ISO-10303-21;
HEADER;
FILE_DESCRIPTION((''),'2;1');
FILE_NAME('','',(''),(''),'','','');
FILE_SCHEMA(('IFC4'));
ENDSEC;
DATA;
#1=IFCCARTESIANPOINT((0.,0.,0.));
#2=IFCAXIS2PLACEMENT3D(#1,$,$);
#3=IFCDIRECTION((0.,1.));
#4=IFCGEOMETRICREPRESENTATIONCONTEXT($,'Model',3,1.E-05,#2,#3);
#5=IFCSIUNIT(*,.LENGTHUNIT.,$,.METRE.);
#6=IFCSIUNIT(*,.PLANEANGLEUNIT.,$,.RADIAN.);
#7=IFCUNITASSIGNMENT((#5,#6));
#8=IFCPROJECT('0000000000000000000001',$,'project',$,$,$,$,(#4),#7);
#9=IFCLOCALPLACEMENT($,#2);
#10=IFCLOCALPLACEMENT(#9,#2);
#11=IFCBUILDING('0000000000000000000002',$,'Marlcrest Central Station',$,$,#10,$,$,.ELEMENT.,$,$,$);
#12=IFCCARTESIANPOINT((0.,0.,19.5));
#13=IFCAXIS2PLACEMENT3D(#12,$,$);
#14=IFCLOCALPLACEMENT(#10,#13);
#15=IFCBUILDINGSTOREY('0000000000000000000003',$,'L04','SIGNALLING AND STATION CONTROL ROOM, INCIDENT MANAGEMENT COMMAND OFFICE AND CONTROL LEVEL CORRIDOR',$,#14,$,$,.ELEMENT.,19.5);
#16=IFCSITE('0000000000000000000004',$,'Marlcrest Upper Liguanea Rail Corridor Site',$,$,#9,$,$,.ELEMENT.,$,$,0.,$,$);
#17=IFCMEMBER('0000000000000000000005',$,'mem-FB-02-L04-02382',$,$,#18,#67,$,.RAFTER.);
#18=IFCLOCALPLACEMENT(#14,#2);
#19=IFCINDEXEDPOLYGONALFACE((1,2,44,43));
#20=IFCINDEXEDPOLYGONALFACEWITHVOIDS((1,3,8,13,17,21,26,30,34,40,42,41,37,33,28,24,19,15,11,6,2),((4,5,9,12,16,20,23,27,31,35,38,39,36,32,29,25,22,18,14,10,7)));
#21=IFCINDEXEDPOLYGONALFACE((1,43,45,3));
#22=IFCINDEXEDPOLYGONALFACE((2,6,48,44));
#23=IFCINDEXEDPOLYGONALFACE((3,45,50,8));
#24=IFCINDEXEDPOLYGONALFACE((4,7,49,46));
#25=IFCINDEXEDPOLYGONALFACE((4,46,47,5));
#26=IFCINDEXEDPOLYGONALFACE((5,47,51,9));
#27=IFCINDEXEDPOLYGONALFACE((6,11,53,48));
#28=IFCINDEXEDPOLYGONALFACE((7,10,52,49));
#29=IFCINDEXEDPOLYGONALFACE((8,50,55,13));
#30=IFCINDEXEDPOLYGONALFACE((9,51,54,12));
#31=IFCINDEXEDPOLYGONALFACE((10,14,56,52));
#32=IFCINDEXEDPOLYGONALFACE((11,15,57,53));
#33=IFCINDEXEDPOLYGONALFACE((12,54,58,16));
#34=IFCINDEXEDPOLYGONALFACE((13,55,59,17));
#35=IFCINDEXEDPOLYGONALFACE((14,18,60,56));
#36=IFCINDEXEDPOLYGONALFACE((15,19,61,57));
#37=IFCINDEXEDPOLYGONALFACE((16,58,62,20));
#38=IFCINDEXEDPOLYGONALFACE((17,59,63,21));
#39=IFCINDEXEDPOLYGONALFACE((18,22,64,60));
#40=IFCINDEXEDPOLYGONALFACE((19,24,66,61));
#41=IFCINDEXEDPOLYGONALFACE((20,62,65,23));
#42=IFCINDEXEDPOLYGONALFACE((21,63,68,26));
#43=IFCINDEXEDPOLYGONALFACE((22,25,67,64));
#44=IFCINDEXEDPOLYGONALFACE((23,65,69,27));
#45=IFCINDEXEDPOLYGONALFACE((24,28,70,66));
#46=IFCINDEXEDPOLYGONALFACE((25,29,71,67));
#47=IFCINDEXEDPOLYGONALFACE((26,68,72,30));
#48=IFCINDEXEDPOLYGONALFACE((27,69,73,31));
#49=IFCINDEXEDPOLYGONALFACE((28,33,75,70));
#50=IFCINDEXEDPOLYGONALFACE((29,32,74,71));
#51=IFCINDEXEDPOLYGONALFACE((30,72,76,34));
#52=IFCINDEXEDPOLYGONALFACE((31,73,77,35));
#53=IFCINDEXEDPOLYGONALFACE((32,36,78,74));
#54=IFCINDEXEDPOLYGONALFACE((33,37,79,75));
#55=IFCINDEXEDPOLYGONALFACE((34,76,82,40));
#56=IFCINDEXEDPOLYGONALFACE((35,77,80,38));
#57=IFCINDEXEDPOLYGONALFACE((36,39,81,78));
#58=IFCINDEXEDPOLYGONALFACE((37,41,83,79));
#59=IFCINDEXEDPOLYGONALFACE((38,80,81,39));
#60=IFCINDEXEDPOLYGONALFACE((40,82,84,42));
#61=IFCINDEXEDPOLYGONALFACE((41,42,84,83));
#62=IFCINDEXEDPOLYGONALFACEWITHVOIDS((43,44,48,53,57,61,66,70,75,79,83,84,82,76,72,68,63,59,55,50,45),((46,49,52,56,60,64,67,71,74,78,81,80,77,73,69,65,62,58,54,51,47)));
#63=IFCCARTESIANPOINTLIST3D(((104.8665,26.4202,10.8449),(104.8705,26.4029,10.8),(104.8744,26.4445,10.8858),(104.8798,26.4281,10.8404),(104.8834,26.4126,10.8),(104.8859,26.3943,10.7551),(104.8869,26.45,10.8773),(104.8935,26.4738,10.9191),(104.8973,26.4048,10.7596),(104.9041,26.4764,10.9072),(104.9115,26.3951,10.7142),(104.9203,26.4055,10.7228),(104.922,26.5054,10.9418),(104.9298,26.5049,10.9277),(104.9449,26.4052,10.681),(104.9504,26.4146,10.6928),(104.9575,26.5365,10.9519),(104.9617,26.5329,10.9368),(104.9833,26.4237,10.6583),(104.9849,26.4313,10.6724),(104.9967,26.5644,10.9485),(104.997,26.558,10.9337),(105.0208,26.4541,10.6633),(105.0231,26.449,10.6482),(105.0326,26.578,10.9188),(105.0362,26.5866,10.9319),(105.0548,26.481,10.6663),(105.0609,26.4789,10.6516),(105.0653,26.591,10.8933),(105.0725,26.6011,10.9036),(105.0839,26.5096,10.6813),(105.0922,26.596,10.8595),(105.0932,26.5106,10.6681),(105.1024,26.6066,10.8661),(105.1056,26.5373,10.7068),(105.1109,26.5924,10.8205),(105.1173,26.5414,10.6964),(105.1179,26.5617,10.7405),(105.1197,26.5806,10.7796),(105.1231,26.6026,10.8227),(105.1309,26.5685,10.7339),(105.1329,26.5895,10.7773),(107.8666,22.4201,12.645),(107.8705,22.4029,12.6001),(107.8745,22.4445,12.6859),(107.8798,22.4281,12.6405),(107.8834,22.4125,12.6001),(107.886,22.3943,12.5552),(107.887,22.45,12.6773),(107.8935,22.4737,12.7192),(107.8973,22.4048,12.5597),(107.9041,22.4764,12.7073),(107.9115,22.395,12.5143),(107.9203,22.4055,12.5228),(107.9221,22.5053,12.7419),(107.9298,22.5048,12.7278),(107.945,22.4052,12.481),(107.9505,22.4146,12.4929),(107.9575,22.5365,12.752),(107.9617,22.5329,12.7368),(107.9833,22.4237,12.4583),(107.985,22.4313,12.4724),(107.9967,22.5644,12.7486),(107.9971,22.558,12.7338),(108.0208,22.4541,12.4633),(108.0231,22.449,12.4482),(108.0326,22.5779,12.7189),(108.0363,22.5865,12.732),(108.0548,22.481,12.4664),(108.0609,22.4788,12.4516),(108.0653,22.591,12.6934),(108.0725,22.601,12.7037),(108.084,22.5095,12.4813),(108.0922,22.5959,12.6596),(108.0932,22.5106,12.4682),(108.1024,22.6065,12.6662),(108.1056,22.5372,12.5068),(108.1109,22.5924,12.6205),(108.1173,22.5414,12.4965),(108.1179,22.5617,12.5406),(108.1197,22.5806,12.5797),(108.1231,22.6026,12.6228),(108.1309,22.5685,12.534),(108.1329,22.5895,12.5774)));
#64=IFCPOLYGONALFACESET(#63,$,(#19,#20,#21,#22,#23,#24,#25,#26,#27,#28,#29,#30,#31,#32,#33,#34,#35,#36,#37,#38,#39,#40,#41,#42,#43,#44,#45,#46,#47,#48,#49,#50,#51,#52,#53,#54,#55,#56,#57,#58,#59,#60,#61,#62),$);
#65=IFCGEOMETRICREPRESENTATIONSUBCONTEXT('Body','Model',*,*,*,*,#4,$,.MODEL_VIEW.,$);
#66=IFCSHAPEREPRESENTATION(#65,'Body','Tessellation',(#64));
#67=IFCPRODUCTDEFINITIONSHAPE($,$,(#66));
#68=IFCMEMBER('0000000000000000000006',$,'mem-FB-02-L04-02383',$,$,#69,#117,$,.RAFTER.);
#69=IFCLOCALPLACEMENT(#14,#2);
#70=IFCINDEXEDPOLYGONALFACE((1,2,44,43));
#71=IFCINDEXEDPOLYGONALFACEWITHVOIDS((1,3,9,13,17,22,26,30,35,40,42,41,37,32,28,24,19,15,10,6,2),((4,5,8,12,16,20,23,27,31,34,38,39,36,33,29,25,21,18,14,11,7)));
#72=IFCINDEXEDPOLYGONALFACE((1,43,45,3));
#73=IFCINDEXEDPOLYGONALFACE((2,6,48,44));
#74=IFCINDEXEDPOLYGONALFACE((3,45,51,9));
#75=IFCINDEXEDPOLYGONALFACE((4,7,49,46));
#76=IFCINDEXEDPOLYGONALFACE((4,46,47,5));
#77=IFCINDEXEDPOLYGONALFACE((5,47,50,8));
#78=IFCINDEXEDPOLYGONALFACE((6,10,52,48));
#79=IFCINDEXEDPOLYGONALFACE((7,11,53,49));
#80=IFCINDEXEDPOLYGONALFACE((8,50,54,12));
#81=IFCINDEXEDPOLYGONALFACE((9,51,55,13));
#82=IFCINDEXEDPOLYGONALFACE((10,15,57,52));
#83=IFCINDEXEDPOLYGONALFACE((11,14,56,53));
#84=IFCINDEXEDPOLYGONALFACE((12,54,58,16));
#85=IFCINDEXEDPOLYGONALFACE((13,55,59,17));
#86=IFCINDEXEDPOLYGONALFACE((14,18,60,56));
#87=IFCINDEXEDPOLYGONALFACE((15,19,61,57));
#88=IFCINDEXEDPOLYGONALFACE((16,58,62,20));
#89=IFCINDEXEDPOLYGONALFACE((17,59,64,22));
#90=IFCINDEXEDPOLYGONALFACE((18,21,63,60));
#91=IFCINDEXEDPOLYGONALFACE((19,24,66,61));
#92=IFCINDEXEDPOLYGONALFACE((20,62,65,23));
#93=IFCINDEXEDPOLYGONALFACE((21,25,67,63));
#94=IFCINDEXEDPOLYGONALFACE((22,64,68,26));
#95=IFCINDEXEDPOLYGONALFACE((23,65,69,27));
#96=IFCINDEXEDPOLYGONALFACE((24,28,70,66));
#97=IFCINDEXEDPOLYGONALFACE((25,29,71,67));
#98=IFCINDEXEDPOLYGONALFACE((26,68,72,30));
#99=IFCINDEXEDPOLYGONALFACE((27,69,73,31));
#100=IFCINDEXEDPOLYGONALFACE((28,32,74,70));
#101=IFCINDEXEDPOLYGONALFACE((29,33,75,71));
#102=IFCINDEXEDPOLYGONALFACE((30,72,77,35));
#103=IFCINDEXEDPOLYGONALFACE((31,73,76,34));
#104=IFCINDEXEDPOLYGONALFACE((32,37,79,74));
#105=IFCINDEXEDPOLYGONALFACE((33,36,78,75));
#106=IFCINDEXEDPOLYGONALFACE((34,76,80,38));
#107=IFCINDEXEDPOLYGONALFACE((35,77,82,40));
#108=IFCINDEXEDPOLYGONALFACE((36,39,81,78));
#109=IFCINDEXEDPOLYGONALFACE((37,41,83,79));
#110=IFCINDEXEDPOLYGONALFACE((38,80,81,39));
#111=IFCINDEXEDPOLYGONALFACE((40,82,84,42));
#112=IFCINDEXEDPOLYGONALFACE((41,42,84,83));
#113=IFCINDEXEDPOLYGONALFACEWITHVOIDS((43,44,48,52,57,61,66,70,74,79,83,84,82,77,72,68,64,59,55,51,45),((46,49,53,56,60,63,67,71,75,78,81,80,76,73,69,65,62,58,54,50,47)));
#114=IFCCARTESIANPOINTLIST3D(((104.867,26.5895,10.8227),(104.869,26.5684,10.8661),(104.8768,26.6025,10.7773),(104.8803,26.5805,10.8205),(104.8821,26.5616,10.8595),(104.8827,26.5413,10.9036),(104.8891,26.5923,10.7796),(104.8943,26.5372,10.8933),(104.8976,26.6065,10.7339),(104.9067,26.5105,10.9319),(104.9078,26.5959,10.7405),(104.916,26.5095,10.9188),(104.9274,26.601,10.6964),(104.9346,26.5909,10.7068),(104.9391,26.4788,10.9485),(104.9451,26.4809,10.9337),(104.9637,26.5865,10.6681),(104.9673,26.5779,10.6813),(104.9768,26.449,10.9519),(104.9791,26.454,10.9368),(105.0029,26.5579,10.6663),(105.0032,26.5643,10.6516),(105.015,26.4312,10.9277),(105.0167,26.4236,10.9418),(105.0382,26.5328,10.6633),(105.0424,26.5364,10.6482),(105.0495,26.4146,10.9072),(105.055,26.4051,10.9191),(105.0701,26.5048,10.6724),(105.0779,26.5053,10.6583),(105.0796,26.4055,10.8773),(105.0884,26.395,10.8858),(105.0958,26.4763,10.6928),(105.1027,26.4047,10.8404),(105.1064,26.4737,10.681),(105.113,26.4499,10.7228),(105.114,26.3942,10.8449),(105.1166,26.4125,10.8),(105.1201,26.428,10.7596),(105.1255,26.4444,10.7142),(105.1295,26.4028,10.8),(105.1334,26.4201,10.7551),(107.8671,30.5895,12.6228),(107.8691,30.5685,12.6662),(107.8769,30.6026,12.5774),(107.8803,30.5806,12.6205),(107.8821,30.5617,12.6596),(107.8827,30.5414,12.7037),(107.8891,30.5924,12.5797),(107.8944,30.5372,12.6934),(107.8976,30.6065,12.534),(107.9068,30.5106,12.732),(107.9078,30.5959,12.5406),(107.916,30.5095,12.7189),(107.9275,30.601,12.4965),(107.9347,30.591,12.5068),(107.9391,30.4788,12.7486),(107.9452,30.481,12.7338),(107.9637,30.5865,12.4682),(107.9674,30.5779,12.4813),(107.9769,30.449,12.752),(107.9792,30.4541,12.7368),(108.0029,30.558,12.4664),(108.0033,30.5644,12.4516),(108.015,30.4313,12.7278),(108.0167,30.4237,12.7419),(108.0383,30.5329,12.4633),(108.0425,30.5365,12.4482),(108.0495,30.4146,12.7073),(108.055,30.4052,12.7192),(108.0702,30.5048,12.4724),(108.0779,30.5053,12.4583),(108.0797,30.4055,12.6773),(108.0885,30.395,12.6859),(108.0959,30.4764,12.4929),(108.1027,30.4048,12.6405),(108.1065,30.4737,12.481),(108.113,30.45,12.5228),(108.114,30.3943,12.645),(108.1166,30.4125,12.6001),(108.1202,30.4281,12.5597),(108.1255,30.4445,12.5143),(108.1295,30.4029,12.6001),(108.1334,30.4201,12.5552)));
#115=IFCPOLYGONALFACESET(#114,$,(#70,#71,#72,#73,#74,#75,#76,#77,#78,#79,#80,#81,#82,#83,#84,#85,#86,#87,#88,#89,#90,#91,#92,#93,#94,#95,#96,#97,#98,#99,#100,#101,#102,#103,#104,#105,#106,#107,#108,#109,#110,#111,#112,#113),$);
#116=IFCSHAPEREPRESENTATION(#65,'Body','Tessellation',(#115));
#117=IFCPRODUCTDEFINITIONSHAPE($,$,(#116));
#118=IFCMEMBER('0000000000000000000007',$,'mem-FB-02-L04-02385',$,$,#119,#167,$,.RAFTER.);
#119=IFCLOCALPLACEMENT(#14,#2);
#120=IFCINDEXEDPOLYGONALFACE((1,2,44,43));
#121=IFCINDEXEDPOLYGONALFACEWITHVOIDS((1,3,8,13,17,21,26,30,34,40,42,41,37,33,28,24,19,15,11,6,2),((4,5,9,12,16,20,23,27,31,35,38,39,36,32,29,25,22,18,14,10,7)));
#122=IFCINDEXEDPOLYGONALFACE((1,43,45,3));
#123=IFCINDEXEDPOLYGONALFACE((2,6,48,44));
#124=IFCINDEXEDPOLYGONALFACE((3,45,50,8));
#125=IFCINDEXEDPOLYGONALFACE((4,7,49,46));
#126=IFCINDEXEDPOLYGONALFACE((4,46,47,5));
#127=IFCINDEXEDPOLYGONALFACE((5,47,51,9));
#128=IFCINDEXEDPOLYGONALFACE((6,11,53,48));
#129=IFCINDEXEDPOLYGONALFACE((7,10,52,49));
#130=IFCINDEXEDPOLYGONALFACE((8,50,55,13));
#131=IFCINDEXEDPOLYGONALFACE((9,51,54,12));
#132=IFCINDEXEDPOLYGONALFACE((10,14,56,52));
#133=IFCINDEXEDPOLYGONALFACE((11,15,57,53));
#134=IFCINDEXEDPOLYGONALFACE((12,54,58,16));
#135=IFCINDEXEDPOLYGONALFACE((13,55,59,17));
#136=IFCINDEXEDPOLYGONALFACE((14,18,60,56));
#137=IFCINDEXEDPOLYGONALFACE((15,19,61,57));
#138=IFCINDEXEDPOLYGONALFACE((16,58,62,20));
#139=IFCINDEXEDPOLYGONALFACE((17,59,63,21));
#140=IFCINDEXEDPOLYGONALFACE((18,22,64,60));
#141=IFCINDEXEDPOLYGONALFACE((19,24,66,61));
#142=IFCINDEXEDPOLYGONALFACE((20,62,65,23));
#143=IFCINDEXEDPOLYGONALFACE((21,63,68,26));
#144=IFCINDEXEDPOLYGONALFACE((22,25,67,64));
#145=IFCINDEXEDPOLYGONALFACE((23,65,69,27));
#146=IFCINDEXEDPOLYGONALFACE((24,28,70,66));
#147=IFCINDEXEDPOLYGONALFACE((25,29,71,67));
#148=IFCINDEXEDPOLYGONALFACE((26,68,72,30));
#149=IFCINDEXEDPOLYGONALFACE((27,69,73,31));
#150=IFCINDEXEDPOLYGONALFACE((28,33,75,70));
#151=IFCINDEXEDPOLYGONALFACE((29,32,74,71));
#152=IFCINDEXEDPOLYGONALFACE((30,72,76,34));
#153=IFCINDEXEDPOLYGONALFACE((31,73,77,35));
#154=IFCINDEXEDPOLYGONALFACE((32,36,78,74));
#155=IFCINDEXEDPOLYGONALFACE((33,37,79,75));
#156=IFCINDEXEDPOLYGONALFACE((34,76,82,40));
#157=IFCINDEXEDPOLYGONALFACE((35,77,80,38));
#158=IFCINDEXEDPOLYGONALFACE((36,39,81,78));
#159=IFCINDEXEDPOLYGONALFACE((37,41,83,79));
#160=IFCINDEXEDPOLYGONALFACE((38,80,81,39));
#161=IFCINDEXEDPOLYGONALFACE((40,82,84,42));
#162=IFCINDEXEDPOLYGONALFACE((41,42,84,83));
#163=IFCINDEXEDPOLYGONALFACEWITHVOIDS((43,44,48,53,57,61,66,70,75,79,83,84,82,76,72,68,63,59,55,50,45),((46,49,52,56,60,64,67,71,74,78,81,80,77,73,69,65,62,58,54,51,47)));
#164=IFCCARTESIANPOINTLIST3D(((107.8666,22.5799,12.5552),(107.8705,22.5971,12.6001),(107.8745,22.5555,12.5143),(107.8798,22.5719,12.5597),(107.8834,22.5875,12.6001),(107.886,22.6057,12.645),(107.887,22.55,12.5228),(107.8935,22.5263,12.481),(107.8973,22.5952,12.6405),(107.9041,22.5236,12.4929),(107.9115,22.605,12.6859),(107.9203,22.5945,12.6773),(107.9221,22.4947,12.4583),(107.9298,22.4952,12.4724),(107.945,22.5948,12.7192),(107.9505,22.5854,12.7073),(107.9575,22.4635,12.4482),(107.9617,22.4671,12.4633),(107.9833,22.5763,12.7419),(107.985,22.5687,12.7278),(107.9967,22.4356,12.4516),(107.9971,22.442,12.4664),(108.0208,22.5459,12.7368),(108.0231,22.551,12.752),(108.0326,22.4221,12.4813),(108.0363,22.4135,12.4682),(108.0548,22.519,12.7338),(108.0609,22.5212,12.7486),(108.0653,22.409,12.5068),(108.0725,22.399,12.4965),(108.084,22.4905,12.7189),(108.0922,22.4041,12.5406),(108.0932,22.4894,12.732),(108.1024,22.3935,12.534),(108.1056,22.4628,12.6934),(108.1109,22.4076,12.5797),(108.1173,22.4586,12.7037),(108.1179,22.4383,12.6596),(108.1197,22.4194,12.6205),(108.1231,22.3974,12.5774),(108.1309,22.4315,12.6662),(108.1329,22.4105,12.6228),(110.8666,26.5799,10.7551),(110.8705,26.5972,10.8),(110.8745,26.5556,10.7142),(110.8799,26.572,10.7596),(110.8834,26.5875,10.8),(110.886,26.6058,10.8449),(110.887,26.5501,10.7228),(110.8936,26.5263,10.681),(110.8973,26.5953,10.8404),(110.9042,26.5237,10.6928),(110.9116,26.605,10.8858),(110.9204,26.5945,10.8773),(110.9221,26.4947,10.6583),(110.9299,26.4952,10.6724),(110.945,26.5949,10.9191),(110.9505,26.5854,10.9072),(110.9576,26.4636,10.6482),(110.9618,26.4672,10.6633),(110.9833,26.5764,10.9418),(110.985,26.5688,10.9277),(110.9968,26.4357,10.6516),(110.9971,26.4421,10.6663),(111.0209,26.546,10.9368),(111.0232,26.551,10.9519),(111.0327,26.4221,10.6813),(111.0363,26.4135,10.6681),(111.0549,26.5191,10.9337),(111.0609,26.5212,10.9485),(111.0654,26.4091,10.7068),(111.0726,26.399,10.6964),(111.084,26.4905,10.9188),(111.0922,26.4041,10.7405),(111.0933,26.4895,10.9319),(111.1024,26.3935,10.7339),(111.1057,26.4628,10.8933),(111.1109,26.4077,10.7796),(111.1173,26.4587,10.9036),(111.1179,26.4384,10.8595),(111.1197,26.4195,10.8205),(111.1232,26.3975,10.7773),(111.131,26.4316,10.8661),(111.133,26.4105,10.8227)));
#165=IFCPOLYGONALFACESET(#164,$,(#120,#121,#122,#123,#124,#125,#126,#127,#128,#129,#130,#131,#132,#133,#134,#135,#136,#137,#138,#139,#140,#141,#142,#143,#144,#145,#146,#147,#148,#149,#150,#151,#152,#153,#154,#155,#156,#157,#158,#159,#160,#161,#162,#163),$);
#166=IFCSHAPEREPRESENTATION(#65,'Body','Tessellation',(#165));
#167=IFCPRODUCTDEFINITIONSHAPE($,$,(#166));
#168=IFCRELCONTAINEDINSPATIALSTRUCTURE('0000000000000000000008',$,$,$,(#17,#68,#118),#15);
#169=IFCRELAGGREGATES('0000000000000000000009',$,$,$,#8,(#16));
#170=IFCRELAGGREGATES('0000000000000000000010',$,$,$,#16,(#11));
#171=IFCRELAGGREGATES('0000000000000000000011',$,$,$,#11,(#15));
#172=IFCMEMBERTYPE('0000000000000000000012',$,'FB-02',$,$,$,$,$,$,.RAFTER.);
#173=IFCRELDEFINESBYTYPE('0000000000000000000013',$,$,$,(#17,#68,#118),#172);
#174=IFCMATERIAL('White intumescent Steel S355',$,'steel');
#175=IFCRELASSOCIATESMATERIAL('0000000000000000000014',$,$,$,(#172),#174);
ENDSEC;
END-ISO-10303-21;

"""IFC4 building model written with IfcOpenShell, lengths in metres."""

from ifc_helpers import new_model, si_unit, direction, frame, origin, origin_2d, place, context, subcontext, project, spatial, hollow_circle, extrude, material, material_profile, profile_set, type_object, element, save


model = new_model("IFC4")

# Units and contexts
model_context = context("Model", 3, precision=1e-05, world=origin(), true_north=direction((0.0, 1.0)))
body_context = subcontext(model_context, "Body", "Model", "MODEL_VIEW")
ifc_project = project(units=[si_unit("LENGTHUNIT", "METRE"), si_unit("PLANEANGLEUNIT", "RADIAN")], contexts=[model_context])

# Site, building, storey
site_placement = place(None, origin())
site = spatial("IfcSite", under=ifc_project, at=site_placement, Name="Marlcrest Upper Liguanea Rail Corridor Site", CompositionType="ELEMENT", RefElevation=0.0)
building_placement = place(site_placement, origin())
building = spatial("IfcBuilding", under=site, at=building_placement, Name="Marlcrest Central Station", CompositionType="ELEMENT")
storey_placement = place(building_placement, frame((0.0, 0.0, 19.5)))
storey = spatial("IfcBuildingStorey", under=building, at=storey_placement, Name="L04", Description="SIGNALLING AND STATION CONTROL ROOM, INCIDENT MANAGEMENT COMMAND OFFICE AND CONTROL LEVEL CORRIDOR", CompositionType="ELEMENT", Elevation=19.5)

# Members
ifc_material_1 = material(Name="White intumescent Steel S355", Category="steel")
ifc_material_profile_1 = material_profile(ifc_material_1, hollow_circle(Radius=0.1619, WallThickness=0.0161, at=origin_2d()), Name="CHS 323.9x16")
ifc_profile_set_1 = profile_set([ifc_material_profile_1], Name="White intumescent Steel S355")
member_type_1 = type_object("IfcMemberType", Name="FB-02", PredefinedType="RAFTER", material=ifc_profile_set_1)
for number, where, z_axis, x_axis, name in (
    (1, (108.0, 22.5, 12.6001), (-0.564531, 0.752708, -0.338728), (-0.8, -0.6, 0.0), "mem-FB-02-L04-02382"),
    (2, (108.0, 30.5, 12.6001), (-0.564531, -0.752708, -0.338728), (0.8, -0.6, 0.0), "mem-FB-02-L04-02383"),
    (3, (108.0, 22.5, 12.6001), (0.564531, 0.752708, -0.338728), (-0.8, 0.6, 0.0), "mem-FB-02-L04-02385"),
):
    element("IfcMember", number, at=place(storey_placement, frame(where, z_axis=z_axis, x_axis=x_axis)), inside=storey, type_object=member_type_1, Name=name, PredefinedType="RAFTER", context=body_context, shape_type="SweptSolid", body=[
        extrude(hollow_circle(Radius=0.1619, WallThickness=0.0161, at=origin_2d()), origin(), (0.0, 0.0, 1.0), 5.3142),
    ])

save(model, "model.ifc")
